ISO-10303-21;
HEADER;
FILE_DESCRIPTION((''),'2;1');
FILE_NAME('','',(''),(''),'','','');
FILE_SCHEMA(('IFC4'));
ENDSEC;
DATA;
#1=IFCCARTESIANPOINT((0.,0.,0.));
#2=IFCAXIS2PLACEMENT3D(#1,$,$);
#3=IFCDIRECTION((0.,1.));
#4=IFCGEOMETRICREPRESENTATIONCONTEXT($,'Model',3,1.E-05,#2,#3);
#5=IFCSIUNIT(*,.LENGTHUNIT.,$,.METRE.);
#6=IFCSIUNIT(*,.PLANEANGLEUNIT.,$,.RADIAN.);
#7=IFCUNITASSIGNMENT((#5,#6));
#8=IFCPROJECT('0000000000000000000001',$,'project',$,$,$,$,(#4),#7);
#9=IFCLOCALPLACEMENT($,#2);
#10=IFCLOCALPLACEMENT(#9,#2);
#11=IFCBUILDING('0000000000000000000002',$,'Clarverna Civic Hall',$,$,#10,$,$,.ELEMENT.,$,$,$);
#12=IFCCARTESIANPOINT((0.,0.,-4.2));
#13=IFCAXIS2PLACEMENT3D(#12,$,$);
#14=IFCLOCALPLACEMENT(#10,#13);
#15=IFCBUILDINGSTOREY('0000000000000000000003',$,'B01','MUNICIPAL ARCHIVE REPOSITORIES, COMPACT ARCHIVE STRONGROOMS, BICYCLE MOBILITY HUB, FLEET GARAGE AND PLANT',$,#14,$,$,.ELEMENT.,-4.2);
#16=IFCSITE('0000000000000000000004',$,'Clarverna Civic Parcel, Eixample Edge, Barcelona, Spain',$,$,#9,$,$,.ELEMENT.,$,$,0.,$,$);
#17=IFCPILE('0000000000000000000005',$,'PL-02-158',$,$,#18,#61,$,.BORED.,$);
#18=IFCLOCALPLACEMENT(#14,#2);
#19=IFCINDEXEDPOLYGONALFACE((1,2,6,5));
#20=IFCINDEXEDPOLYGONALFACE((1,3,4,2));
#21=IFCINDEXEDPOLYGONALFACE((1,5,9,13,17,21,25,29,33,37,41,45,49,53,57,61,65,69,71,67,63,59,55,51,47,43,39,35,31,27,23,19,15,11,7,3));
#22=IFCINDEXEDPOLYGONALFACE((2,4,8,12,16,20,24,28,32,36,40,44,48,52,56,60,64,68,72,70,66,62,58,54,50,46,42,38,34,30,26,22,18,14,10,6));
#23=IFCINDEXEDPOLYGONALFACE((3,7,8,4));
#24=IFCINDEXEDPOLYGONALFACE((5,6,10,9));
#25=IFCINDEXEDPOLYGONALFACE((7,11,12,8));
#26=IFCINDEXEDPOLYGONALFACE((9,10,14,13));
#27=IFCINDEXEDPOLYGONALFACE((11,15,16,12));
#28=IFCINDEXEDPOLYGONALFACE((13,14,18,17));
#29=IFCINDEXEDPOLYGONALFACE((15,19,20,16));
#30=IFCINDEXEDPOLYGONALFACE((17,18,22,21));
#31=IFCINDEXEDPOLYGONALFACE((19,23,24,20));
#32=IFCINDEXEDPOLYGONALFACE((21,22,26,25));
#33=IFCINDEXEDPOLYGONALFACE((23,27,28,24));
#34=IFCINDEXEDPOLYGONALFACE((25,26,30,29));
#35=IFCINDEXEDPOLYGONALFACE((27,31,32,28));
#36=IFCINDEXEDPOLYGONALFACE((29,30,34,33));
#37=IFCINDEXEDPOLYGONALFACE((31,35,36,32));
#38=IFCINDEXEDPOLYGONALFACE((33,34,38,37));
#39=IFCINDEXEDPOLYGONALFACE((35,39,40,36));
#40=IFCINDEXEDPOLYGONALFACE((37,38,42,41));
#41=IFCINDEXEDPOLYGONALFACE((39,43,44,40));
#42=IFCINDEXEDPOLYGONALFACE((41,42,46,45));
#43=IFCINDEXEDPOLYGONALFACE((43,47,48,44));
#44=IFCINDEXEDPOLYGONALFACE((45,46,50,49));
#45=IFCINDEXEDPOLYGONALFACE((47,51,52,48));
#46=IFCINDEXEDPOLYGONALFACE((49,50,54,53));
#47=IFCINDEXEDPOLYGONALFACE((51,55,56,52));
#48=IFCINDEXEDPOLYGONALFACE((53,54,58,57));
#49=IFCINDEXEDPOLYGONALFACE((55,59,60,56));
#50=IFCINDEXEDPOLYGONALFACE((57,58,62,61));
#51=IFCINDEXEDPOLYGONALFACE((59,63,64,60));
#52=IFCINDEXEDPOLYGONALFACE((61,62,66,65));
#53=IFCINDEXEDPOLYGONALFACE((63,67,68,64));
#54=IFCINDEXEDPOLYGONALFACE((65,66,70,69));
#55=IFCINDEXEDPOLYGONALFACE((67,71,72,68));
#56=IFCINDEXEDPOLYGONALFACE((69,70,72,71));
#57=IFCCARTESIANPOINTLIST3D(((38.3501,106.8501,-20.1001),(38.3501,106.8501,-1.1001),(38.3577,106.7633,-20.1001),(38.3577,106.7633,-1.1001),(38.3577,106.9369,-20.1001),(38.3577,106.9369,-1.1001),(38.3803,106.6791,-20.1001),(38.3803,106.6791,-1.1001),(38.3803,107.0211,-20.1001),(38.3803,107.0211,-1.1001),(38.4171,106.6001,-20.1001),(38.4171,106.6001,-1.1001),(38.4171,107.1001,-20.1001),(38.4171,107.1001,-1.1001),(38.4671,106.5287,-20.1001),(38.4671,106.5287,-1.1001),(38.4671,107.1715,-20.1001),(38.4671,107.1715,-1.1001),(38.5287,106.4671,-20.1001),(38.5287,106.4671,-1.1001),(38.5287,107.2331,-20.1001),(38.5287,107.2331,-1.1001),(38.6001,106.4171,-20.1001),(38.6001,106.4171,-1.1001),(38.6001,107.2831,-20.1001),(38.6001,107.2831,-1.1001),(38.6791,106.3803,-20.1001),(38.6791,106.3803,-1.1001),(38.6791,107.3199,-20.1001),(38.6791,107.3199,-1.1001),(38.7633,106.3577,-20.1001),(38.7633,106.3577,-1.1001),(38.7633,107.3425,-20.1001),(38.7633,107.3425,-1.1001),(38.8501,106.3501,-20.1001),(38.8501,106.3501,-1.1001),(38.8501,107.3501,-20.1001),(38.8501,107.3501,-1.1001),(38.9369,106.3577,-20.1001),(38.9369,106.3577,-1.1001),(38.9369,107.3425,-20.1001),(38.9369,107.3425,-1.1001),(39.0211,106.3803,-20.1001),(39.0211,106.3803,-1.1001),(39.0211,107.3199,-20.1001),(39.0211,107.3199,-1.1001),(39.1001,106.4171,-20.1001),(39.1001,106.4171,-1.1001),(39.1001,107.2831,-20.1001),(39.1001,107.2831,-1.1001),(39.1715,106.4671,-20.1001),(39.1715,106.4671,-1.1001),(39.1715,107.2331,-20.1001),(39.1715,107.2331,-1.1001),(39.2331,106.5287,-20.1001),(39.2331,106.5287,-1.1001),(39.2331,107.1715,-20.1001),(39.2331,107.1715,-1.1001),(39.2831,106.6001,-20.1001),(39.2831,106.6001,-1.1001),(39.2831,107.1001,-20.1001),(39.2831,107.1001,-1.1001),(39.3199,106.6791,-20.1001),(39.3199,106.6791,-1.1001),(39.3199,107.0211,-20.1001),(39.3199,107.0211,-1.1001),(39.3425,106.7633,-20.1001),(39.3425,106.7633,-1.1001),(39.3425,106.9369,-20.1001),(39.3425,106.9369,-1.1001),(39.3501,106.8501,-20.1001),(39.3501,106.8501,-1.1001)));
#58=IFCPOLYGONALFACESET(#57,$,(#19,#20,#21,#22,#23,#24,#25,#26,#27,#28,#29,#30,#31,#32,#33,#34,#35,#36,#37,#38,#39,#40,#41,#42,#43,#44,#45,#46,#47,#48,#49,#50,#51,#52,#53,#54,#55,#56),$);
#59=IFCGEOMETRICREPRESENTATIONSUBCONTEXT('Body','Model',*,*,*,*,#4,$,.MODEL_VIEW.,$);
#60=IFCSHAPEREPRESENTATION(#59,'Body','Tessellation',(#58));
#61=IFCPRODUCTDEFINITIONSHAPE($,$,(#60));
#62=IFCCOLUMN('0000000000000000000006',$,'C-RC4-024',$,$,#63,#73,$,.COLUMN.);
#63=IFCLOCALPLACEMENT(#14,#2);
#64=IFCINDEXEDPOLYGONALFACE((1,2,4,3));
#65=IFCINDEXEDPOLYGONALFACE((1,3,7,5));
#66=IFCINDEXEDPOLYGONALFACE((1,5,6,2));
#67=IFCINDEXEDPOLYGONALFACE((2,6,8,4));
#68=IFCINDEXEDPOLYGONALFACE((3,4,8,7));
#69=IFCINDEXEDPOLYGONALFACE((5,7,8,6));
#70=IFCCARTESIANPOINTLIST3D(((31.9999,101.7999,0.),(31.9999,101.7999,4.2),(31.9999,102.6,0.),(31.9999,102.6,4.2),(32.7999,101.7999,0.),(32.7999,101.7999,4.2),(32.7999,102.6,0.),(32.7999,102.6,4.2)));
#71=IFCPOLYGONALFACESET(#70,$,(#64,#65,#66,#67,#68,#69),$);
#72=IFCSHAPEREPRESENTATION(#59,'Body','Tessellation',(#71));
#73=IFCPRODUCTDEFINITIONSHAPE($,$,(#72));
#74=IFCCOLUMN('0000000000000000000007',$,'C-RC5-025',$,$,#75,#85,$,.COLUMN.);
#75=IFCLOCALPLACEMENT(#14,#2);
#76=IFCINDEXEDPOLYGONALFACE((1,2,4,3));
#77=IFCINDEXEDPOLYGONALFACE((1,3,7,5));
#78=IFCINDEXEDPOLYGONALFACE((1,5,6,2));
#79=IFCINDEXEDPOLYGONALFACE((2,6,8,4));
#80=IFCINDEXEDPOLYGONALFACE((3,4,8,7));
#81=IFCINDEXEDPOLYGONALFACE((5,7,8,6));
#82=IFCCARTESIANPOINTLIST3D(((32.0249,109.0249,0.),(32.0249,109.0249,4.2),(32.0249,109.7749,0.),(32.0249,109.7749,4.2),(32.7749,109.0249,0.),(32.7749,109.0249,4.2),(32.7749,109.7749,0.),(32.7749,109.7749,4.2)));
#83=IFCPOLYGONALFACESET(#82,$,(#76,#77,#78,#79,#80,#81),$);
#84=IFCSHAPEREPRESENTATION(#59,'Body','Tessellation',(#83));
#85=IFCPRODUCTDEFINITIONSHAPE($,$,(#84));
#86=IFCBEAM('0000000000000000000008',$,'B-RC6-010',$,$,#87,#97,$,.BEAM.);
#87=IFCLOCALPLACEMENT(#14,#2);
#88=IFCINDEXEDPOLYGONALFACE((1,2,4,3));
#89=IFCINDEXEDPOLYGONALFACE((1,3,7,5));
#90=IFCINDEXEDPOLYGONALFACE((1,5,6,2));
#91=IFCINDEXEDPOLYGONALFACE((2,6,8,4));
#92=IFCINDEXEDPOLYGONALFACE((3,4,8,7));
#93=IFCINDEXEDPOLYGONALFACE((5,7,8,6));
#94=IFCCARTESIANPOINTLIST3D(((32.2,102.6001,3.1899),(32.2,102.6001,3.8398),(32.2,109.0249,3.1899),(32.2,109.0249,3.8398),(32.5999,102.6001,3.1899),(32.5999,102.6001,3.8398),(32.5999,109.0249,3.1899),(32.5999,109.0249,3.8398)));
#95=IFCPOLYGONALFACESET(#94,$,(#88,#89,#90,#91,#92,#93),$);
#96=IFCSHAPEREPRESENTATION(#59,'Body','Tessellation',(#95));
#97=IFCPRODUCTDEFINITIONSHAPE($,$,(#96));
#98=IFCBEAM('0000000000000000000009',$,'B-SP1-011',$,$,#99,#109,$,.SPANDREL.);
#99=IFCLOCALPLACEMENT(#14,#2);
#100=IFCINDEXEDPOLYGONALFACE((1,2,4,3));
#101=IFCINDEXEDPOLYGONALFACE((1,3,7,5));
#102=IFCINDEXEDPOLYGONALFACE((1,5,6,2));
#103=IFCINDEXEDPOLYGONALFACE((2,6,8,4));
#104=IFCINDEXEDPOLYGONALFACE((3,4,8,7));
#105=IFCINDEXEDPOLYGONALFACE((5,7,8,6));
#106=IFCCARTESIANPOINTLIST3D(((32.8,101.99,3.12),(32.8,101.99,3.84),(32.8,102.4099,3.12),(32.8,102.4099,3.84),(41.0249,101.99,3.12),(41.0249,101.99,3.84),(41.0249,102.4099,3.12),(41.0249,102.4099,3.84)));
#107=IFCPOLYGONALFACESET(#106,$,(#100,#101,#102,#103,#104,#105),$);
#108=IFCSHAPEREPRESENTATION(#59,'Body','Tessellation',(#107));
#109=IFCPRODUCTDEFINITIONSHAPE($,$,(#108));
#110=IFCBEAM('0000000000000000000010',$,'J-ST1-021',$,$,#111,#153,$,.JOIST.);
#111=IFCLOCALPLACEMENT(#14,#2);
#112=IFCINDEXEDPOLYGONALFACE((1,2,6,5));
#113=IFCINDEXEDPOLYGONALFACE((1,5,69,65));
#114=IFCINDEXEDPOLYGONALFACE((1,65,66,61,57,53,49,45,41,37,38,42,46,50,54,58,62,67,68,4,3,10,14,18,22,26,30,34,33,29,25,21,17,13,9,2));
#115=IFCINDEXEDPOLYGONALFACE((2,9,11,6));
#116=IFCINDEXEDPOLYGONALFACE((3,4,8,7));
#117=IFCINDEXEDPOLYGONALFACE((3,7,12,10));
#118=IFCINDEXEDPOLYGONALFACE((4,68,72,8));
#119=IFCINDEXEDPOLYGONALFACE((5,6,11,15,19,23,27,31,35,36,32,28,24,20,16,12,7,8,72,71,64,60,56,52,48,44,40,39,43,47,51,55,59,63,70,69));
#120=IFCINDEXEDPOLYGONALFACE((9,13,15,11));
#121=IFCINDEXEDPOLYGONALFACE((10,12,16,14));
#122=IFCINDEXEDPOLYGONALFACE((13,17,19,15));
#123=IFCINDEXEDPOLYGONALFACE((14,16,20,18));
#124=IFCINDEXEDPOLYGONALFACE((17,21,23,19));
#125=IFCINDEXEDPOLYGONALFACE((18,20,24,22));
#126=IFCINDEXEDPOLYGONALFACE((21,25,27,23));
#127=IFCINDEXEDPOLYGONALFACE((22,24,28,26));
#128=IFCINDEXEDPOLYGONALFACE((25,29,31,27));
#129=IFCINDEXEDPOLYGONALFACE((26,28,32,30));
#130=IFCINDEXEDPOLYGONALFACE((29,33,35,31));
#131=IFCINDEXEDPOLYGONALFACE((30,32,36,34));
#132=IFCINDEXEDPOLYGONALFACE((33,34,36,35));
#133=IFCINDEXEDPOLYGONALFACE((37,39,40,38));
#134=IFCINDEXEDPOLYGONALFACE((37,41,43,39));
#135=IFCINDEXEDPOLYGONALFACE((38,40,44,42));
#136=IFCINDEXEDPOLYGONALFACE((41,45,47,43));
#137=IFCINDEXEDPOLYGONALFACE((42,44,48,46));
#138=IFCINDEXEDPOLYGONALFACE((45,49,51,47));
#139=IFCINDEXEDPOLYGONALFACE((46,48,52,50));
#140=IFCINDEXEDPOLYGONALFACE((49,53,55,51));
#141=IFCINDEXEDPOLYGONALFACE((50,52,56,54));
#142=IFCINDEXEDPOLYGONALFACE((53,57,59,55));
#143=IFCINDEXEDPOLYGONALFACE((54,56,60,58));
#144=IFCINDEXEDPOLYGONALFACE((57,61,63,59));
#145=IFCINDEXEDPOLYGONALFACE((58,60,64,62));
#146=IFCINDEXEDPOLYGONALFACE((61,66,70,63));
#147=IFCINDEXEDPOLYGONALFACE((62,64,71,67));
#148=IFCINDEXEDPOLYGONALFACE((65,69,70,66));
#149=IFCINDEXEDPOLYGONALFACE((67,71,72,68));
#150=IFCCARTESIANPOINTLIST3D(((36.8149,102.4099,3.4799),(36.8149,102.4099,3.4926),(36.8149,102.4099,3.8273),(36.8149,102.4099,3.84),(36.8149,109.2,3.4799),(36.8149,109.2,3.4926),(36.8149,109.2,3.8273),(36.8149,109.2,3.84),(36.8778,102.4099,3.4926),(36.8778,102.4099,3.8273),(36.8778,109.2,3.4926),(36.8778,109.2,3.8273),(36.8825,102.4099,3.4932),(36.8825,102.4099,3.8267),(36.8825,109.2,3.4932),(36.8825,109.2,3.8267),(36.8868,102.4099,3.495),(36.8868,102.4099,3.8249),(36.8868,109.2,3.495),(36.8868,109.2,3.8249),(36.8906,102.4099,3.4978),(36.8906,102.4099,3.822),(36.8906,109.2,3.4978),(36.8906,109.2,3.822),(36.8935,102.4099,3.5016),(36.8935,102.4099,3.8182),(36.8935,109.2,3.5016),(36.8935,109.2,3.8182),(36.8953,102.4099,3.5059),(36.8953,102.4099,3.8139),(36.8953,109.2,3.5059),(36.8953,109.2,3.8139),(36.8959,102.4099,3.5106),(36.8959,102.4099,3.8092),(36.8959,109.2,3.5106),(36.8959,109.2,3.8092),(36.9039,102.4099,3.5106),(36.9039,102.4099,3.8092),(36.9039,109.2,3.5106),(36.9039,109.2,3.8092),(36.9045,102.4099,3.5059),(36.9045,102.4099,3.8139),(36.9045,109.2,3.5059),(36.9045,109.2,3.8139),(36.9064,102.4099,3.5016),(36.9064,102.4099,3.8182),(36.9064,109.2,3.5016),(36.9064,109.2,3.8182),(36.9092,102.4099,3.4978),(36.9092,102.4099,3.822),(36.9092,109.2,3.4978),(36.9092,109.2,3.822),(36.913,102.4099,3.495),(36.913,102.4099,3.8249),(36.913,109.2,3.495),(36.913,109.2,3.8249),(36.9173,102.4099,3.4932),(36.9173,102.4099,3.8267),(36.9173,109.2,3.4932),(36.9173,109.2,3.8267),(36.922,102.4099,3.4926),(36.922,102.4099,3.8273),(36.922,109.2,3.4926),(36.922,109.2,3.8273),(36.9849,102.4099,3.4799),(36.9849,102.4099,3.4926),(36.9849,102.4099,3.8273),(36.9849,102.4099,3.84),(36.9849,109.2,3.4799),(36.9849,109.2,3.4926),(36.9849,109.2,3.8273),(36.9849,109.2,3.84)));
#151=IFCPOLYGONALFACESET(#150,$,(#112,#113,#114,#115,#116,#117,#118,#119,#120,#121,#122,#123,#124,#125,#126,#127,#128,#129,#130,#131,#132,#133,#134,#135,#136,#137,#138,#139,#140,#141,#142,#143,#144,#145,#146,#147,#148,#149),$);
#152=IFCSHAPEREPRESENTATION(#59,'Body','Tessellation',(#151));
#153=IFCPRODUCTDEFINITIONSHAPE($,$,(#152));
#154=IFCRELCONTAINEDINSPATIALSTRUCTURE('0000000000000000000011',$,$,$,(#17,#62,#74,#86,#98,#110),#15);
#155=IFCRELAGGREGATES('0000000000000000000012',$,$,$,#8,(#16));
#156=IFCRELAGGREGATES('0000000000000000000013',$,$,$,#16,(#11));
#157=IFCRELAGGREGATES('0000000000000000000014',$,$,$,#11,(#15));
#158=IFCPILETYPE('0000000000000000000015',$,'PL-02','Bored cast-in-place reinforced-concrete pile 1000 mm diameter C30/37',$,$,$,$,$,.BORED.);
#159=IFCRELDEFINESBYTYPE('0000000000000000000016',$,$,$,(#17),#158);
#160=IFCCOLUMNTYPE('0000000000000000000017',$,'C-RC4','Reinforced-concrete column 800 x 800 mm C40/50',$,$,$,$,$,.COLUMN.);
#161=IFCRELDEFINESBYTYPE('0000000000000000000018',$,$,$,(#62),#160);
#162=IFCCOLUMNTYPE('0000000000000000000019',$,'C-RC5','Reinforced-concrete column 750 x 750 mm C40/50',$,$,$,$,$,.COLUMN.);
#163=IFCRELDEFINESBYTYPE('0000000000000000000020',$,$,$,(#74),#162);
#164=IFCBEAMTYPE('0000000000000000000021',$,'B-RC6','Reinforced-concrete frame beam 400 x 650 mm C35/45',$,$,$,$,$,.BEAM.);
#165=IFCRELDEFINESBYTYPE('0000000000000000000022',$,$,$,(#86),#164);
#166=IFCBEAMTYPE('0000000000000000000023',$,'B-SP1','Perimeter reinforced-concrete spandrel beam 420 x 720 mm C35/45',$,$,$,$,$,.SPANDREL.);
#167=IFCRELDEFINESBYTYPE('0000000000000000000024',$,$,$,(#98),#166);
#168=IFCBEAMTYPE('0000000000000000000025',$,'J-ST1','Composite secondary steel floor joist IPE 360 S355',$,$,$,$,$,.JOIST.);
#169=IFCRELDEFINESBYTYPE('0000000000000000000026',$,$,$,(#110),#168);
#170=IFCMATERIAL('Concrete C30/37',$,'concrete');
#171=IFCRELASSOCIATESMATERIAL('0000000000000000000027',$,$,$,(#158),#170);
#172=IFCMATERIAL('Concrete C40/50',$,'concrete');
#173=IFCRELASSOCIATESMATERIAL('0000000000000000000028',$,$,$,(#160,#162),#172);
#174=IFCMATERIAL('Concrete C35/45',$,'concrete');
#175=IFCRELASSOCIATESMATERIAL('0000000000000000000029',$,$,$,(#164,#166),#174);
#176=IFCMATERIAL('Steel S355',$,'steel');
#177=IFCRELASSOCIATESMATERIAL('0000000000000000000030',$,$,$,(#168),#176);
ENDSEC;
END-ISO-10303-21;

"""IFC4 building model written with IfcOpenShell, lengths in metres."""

from ifc_helpers import new_model, si_unit, direction, frame, origin, origin_2d, place, context, subcontext, project, spatial, rectangle, circle, i_section, extrude, material, material_profile, profile_set, type_object, element, save


model = new_model("IFC4")

# Units and contexts
model_context = context("Model", 3, precision=1e-05, world=origin(), true_north=direction((0.0, 1.0)))
body_context = subcontext(model_context, "Body", "Model", "MODEL_VIEW")
ifc_project = project(units=[si_unit("LENGTHUNIT", "METRE"), si_unit("PLANEANGLEUNIT", "RADIAN")], contexts=[model_context])

# Site, building, storey
site_placement = place(None, origin())
site = spatial("IfcSite", under=ifc_project, at=site_placement, Name="Clarverna Civic Parcel, Eixample Edge, Barcelona, Spain", CompositionType="ELEMENT", RefElevation=0.0)
building_placement = place(site_placement, origin())
building = spatial("IfcBuilding", under=site, at=building_placement, Name="Clarverna Civic Hall", CompositionType="ELEMENT")
storey_placement = place(building_placement, frame((0.0, 0.0, -4.2)))
storey = spatial("IfcBuildingStorey", under=building, at=storey_placement, Name="B01", Description="MUNICIPAL ARCHIVE REPOSITORIES, COMPACT ARCHIVE STRONGROOMS, BICYCLE MOBILITY HUB, FLEET GARAGE AND PLANT", CompositionType="ELEMENT", Elevation=-4.2)

# Shared definitions
ifc_material_1 = material(Name="Concrete C30/37", Category="concrete")

# Pile
ifc_material_profile_1 = material_profile(ifc_material_1, circle(Radius=0.5, at=origin_2d()), Name="BORED PILE D1000")
ifc_profile_set_1 = profile_set([ifc_material_profile_1], Name="Concrete C30/37")
pile_type = type_object("IfcPileType", Name="PL-02", Description="Bored cast-in-place reinforced-concrete pile 1000 mm diameter C30/37", PredefinedType="BORED", material=ifc_profile_set_1)
for number, where, z_axis, x_axis, name in (
    (1, (38.8501, 106.8501, -1.1001), (0.0, 0.0, -1.0), (1.0, 0.0, 0.0), "PL-02-158"),
):
    element("IfcPile", number, at=place(storey_placement, frame(where, z_axis=z_axis, x_axis=x_axis)), inside=storey, type_object=pile_type, Name=name, PredefinedType="BORED", context=body_context, shape_type="SweptSolid", body=[
        extrude(circle(Radius=0.5, at=origin_2d()), origin(), (0.0, 0.0, 1.0), 19.0),
    ])

# Columns
ifc_material_2 = material(Name="Concrete C40/50", Category="concrete")
ifc_material_profile_2 = material_profile(ifc_material_2, rectangle(XDim=0.8, YDim=0.8, at=origin_2d()), Name="RC 800x800")
ifc_profile_set_2 = profile_set([ifc_material_profile_2], Name="Concrete C40/50")
column_type_1 = type_object("IfcColumnType", Name="C-RC4", Description="Reinforced-concrete column 800 x 800 mm C40/50", PredefinedType="COLUMN", material=ifc_profile_set_2)
column_1_placement = place(storey_placement, frame((32.3999, 102.2, 0.0), z_axis=(0.0, 0.0, 1.0), x_axis=(1.0, 0.0, 0.0)))
element("IfcColumn", 2, at=column_1_placement, inside=storey, type_object=column_type_1, Name="C-RC4-024", PredefinedType="COLUMN", context=body_context, shape_type="SweptSolid", body=[
    extrude(rectangle(XDim=0.8, YDim=0.8, at=origin_2d()), origin(), (0.0, 0.0, 1.0), 4.2),
])
ifc_material_profile_3 = material_profile(ifc_material_2, rectangle(XDim=0.75, YDim=0.75, at=origin_2d()), Name="RC 750x750")
ifc_profile_set_3 = profile_set([ifc_material_profile_3], Name="Concrete C40/50")
column_type_2 = type_object("IfcColumnType", Name="C-RC5", Description="Reinforced-concrete column 750 x 750 mm C40/50", PredefinedType="COLUMN", material=ifc_profile_set_3)
column_2_placement = place(storey_placement, frame((32.3999, 109.3999, 0.0), z_axis=(0.0, 0.0, 1.0), x_axis=(1.0, 0.0, 0.0)))
element("IfcColumn", 3, at=column_2_placement, inside=storey, type_object=column_type_2, Name="C-RC5-025", PredefinedType="COLUMN", context=body_context, shape_type="SweptSolid", body=[
    extrude(rectangle(XDim=0.75, YDim=0.75, at=origin_2d()), origin(), (0.0, 0.0, 1.0), 4.2),
])

# Beams
ifc_material_3 = material(Name="Concrete C35/45", Category="concrete")
ifc_material_profile_4 = material_profile(ifc_material_3, rectangle(XDim=0.3999, YDim=0.6499, at=origin_2d()), Name="RC 400x650")
ifc_profile_set_4 = profile_set([ifc_material_profile_4], Name="Concrete C35/45")
beam_type_1 = type_object("IfcBeamType", Name="B-RC6", Description="Reinforced-concrete frame beam 400 x 650 mm C35/45", PredefinedType="BEAM", material=ifc_profile_set_4)
beam_1_placement = place(storey_placement, frame((32.3999, 102.6001, 3.5149), z_axis=(0.0, 1.0, 0.0), x_axis=(-1.0, 0.0, 0.0)))
element("IfcBeam", 4, at=beam_1_placement, inside=storey, type_object=beam_type_1, Name="B-RC6-010", PredefinedType="BEAM", context=body_context, shape_type="SweptSolid", body=[
    extrude(rectangle(XDim=0.3999, YDim=0.6499, at=origin_2d()), origin(), (0.0, 0.0, 1.0), 6.4248),
])
ifc_material_profile_5 = material_profile(ifc_material_3, rectangle(XDim=0.4199, YDim=0.72, at=origin_2d()), Name="RC 420x720")
ifc_profile_set_5 = profile_set([ifc_material_profile_5], Name="Concrete C35/45")
beam_type_2 = type_object("IfcBeamType", Name="B-SP1", Description="Perimeter reinforced-concrete spandrel beam 420 x 720 mm C35/45", PredefinedType="SPANDREL", material=ifc_profile_set_5)
beam_2_placement = place(storey_placement, frame((32.8, 102.2, 3.48), z_axis=(1.0, 0.0, 0.0), x_axis=(0.0, 1.0, 0.0)))
element("IfcBeam", 5, at=beam_2_placement, inside=storey, type_object=beam_type_2, Name="B-SP1-011", PredefinedType="SPANDREL", context=body_context, shape_type="SweptSolid", body=[
    extrude(rectangle(XDim=0.4199, YDim=0.72, at=origin_2d()), origin(), (0.0, 0.0, 1.0), 8.2249),
])
ifc_material_4 = material(Name="Steel S355", Category="steel")
ifc_material_profile_6 = material_profile(ifc_material_4, i_section(OverallWidth=0.1699, OverallDepth=0.3601, WebThickness=0.0081, FlangeThickness=0.0127, FilletRadius=0.0181, at=origin_2d()), Name="IPE 360")
ifc_profile_set_6 = profile_set([ifc_material_profile_6], Name="Steel S355")
beam_type_3 = type_object("IfcBeamType", Name="J-ST1", Description="Composite secondary steel floor joist IPE 360 S355", PredefinedType="JOIST", material=ifc_profile_set_6)
beam_3_placement = place(storey_placement, frame((36.8999, 102.4099, 3.6599), z_axis=(0.0, 1.0, 0.0), x_axis=(-1.0, 0.0, 0.0)))
element("IfcBeam", 6, at=beam_3_placement, inside=storey, type_object=beam_type_3, Name="J-ST1-021", PredefinedType="JOIST", context=body_context, shape_type="SweptSolid", body=[
    extrude(i_section(OverallWidth=0.1699, OverallDepth=0.3601, WebThickness=0.0081, FlangeThickness=0.0127, FilletRadius=0.0181, at=origin_2d()), origin(), (0.0, 0.0, 1.0), 6.79),
])

save(model, "model.ifc")
